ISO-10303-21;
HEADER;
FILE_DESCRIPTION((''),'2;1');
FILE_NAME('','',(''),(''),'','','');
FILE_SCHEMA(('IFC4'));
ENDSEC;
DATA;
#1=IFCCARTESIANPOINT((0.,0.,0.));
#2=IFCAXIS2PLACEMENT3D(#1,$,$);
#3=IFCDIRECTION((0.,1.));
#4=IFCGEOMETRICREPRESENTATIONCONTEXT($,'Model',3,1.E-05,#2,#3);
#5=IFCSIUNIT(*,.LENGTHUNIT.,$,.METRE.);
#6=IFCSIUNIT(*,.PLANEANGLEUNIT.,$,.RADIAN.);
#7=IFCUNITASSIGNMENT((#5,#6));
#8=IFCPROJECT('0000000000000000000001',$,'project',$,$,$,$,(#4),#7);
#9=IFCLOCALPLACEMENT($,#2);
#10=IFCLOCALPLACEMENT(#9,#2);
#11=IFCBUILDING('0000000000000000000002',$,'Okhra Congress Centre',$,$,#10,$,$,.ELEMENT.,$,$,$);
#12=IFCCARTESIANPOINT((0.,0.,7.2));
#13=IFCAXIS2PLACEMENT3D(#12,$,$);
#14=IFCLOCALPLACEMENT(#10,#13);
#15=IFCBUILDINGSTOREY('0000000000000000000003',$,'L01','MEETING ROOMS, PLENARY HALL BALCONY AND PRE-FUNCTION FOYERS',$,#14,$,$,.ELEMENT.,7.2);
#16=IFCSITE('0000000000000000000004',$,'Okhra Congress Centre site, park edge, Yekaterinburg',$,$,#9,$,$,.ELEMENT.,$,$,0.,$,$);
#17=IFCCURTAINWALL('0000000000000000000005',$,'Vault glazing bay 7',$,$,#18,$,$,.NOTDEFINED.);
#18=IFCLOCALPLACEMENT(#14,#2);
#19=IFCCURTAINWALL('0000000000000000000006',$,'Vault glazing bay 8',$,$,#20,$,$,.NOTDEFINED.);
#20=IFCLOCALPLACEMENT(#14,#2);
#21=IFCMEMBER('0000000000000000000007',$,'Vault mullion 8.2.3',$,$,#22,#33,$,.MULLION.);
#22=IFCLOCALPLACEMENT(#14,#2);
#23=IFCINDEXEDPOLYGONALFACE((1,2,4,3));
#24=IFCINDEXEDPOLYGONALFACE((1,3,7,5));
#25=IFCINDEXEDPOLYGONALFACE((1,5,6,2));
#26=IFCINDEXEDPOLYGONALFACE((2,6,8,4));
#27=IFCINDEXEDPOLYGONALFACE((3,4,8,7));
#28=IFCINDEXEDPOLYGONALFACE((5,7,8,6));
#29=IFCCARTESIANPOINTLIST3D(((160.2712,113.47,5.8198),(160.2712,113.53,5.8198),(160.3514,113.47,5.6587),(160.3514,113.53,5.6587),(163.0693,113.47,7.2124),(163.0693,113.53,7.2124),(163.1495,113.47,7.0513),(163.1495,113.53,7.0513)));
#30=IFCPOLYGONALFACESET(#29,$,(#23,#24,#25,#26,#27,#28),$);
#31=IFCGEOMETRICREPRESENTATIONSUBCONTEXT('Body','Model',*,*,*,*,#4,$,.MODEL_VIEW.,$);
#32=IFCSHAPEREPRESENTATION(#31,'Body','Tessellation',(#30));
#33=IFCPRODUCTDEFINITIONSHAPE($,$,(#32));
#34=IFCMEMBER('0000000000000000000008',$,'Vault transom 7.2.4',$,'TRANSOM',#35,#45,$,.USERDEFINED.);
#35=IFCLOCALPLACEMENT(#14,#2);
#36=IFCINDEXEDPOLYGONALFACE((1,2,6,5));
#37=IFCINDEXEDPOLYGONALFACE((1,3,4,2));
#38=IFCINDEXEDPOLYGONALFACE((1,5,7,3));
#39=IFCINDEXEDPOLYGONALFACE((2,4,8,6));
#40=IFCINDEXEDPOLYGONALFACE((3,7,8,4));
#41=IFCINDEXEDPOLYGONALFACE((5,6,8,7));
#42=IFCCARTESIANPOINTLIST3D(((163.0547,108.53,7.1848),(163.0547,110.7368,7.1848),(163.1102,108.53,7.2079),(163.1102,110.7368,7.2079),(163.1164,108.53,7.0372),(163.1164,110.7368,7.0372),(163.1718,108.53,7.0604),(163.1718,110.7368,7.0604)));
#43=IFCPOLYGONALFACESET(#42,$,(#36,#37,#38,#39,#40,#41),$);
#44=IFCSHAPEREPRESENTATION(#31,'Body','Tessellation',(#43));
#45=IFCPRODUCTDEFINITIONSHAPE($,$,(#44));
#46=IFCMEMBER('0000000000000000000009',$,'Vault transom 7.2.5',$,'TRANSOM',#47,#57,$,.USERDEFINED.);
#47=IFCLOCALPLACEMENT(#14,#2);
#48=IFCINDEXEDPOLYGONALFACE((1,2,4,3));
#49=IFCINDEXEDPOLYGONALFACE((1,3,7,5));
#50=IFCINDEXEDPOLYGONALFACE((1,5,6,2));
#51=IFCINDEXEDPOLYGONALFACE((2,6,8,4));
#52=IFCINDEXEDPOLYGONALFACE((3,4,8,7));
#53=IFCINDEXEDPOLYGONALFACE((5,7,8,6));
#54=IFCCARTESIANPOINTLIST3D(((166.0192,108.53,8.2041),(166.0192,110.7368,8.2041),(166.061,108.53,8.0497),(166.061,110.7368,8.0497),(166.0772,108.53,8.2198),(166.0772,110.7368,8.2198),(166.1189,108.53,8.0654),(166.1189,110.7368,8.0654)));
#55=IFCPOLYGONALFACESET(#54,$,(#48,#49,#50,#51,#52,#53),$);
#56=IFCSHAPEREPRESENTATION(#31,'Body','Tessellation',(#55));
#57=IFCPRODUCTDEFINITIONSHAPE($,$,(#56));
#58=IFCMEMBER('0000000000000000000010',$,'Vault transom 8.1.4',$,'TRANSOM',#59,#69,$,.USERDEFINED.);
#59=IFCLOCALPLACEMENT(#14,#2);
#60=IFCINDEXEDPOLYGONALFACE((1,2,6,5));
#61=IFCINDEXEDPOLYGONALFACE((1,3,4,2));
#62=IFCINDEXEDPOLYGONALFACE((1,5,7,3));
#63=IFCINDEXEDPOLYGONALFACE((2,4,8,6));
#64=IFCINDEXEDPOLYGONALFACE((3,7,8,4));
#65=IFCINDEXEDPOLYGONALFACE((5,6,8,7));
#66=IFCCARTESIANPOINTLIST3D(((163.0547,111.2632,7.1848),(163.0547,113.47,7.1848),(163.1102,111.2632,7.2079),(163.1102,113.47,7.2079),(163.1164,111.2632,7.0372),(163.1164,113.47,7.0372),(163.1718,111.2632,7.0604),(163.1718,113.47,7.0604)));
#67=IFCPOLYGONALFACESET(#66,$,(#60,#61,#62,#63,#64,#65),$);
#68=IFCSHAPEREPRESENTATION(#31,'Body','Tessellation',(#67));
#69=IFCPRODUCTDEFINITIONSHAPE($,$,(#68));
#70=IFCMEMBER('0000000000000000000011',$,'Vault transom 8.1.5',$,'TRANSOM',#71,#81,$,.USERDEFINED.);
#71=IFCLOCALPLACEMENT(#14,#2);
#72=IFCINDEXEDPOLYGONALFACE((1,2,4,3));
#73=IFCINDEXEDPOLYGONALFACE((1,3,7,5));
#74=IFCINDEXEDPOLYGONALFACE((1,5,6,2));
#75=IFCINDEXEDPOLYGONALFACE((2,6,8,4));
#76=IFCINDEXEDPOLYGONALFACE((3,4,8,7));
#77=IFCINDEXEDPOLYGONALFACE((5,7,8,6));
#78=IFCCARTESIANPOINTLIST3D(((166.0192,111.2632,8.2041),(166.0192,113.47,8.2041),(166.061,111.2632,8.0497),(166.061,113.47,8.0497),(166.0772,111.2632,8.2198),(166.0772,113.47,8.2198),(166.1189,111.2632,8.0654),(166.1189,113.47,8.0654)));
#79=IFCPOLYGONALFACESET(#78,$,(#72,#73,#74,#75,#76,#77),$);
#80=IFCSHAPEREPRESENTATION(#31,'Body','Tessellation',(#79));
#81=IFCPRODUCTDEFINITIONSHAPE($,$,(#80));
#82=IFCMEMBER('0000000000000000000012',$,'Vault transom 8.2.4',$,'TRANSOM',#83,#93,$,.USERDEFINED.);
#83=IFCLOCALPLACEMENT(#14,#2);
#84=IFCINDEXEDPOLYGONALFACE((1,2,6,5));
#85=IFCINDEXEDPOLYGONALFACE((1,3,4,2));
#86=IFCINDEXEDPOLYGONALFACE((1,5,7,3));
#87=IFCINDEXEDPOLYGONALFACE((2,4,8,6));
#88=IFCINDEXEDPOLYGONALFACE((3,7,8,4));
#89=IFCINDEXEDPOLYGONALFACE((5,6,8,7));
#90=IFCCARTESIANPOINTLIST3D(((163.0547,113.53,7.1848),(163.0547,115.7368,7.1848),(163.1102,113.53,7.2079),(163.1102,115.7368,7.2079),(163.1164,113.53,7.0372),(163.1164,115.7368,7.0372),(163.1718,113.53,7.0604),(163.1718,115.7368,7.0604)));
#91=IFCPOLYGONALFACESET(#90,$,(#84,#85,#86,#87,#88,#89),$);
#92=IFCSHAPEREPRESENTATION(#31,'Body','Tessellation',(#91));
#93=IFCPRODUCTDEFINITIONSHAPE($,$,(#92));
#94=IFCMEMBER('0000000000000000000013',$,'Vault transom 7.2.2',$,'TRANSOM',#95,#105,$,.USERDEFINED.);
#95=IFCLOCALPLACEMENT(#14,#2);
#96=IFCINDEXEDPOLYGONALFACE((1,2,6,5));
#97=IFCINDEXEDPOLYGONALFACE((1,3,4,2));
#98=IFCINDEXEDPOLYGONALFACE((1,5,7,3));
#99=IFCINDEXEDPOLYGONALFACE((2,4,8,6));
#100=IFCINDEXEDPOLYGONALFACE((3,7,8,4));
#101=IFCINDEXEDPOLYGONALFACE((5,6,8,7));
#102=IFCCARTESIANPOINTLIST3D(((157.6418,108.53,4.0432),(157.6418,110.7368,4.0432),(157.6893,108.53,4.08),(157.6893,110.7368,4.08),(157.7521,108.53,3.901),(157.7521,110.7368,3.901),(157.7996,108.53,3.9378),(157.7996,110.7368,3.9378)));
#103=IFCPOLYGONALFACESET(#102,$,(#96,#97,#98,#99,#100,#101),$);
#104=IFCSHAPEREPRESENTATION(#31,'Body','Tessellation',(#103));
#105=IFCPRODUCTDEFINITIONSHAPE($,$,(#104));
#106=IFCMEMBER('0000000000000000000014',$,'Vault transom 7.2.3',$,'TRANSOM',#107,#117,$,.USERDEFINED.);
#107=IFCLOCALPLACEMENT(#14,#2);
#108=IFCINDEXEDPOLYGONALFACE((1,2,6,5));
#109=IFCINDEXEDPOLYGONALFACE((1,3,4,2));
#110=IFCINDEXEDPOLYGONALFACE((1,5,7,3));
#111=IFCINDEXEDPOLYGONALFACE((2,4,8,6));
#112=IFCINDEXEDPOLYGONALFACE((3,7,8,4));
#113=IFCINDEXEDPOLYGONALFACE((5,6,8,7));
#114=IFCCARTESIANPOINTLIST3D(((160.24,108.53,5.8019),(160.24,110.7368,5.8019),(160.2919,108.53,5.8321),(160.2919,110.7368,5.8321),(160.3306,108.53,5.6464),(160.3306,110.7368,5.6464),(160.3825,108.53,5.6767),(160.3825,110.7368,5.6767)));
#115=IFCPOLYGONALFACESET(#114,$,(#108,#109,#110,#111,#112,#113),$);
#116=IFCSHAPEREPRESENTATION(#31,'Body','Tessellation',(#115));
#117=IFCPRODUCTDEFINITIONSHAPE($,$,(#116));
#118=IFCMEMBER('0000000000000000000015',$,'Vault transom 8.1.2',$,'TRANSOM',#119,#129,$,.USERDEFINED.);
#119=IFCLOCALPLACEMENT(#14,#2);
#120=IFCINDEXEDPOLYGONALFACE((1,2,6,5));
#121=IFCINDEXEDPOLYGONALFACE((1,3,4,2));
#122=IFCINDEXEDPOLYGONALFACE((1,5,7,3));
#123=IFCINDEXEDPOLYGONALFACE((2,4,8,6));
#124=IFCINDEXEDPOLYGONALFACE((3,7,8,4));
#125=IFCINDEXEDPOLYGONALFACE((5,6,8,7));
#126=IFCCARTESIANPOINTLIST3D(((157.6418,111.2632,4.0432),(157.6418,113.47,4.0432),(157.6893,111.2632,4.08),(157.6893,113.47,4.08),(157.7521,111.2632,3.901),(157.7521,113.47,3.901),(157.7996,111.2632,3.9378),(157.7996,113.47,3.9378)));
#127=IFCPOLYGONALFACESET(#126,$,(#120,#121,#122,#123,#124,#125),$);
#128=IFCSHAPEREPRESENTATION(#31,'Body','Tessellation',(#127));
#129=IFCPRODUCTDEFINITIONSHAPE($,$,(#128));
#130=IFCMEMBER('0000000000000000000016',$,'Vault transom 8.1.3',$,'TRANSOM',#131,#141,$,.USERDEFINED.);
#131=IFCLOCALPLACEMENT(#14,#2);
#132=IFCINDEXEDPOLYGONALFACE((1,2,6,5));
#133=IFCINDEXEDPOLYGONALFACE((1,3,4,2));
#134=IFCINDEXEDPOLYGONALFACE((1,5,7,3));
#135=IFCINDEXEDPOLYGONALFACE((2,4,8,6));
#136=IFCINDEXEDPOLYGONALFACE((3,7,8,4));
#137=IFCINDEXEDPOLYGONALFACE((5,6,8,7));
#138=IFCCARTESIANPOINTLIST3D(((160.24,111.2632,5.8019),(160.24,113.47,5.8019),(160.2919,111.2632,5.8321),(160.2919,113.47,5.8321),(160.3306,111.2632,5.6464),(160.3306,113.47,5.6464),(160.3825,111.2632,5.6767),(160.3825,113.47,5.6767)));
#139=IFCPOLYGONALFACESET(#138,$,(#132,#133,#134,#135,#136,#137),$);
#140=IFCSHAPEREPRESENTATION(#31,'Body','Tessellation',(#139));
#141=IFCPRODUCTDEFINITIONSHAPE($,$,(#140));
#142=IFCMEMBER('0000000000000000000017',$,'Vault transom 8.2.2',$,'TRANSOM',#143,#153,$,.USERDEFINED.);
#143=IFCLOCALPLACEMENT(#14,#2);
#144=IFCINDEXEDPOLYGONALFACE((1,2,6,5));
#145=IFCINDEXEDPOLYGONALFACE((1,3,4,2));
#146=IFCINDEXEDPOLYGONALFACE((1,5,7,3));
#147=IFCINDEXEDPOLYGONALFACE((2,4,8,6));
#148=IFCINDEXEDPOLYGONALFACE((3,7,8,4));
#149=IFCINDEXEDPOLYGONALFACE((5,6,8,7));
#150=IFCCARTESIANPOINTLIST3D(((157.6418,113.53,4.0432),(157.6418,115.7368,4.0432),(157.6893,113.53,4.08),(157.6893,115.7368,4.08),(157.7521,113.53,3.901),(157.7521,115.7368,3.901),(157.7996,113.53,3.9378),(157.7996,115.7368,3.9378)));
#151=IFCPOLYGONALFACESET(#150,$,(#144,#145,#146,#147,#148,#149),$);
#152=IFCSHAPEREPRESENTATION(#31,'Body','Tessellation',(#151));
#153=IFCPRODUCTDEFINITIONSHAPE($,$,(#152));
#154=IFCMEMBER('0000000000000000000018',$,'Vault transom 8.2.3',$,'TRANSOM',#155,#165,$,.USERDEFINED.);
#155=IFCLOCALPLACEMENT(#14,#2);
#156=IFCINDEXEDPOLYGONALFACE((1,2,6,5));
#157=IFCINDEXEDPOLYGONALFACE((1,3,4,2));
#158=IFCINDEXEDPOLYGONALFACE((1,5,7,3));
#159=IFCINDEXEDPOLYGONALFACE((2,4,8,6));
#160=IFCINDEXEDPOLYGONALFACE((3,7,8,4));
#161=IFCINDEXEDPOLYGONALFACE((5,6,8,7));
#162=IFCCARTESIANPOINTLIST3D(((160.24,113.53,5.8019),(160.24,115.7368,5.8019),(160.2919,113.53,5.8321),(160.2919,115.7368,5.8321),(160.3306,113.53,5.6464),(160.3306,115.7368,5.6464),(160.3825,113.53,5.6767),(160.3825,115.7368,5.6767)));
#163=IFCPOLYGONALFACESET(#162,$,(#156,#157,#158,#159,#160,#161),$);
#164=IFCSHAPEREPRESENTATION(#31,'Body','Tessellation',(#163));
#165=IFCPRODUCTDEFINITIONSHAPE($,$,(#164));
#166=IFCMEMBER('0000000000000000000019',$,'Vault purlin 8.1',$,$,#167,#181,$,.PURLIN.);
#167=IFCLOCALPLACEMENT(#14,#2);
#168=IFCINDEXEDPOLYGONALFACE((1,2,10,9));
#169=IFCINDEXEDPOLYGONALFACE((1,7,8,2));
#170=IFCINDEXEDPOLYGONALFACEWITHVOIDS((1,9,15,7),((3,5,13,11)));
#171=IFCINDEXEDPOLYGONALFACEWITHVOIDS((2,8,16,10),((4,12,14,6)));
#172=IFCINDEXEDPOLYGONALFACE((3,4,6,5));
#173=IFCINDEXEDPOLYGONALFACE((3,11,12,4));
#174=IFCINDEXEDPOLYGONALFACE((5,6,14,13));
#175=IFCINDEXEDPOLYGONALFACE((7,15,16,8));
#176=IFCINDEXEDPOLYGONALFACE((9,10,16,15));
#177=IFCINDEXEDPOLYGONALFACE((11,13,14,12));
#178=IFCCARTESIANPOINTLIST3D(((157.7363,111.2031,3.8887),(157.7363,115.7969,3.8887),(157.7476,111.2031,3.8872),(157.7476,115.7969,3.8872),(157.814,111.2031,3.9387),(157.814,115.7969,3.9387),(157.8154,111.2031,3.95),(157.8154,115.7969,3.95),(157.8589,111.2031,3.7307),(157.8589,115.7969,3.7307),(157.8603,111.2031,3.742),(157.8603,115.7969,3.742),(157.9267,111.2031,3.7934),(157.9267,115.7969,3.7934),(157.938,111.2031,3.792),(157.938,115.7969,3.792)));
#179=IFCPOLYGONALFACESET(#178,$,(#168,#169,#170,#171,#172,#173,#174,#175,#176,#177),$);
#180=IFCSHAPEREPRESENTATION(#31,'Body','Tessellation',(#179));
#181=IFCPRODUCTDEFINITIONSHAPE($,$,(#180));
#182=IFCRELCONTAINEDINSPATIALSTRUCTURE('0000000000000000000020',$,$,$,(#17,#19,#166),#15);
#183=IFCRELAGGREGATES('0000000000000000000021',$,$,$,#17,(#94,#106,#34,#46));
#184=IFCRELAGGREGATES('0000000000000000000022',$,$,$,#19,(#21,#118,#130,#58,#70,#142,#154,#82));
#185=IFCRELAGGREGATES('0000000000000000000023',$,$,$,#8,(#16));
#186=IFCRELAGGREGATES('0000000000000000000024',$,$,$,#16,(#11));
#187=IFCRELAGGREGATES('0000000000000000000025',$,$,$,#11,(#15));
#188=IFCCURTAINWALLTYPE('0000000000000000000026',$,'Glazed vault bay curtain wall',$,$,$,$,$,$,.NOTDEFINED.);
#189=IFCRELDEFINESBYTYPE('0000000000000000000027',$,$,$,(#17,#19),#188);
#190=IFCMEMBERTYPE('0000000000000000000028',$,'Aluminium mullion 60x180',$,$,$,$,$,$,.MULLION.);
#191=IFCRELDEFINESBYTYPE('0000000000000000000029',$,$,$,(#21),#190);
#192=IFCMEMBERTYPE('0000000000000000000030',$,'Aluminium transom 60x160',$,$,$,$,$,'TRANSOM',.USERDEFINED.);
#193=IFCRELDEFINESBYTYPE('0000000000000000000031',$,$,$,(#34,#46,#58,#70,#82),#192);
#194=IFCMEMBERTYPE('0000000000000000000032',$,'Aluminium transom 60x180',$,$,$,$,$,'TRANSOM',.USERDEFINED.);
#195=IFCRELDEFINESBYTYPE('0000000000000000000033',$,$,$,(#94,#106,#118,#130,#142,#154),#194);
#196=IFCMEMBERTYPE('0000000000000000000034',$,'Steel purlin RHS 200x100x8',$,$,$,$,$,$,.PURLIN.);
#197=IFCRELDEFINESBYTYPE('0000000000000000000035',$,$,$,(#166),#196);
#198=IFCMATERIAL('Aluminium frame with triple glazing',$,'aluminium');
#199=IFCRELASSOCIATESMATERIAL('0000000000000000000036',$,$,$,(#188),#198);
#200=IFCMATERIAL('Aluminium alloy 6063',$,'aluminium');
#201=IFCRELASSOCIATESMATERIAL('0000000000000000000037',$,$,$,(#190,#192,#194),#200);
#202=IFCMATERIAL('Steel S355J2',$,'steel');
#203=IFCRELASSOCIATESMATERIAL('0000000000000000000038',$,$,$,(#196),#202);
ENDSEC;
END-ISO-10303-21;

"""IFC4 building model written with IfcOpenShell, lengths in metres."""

from ifc_helpers import new_model, si_unit, direction, frame, origin, origin_2d, place, context, subcontext, project, spatial, rectangle, hollow_rectangle, extrude, material, material_profile, profile_set, type_object, element, aggregate, save


model = new_model("IFC4")

# Units and contexts
model_context = context("Model", 3, precision=1e-05, world=origin(), true_north=direction((0.0, 1.0)))
body_context = subcontext(model_context, "Body", "Model", "MODEL_VIEW")
ifc_project = project(units=[si_unit("LENGTHUNIT", "METRE"), si_unit("PLANEANGLEUNIT", "RADIAN")], contexts=[model_context])

# Site, building, storey
site_placement = place(None, origin())
site = spatial("IfcSite", under=ifc_project, at=site_placement, Name="Okhra Congress Centre site, park edge, Yekaterinburg", CompositionType="ELEMENT", RefElevation=0.0)
building_placement = place(site_placement, origin())
building = spatial("IfcBuilding", under=site, at=building_placement, Name="Okhra Congress Centre", CompositionType="ELEMENT")
storey_placement = place(building_placement, frame((0.0, 0.0, 7.2)))
storey = spatial("IfcBuildingStorey", under=building, at=storey_placement, Name="L01", Description="MEETING ROOMS, PLENARY HALL BALCONY AND PRE-FUNCTION FOYERS", CompositionType="ELEMENT", Elevation=7.2)

# Curtain walls
ifc_material_1 = material(Name="Aluminium frame with triple glazing", Category="aluminium")
curtain_wall_type = type_object("IfcCurtainWallType", Name="Glazed vault bay curtain wall", PredefinedType="NOTDEFINED", material=ifc_material_1)
curtain_wall_1_placement = place(storey_placement, origin())
curtain_wall_1 = element("IfcCurtainWall", 1, at=curtain_wall_1_placement, inside=storey, type_object=curtain_wall_type, Name="Vault glazing bay 7", PredefinedType="NOTDEFINED")
ifc_material_2 = material(Name="Aluminium alloy 6063", Category="aluminium")
curtain_wall_2_placement = place(storey_placement, origin())
curtain_wall_2 = element("IfcCurtainWall", 2, at=curtain_wall_2_placement, inside=storey, type_object=curtain_wall_type, Name="Vault glazing bay 8", PredefinedType="NOTDEFINED")

# Members
ifc_material_profile_1 = material_profile(ifc_material_2, rectangle(XDim=0.0601, YDim=0.1799, at=origin_2d()), Name="AL 60x180")
ifc_profile_set_1 = profile_set([ifc_material_profile_1], Name="Aluminium alloy 6063")
member_type_1 = type_object("IfcMemberType", Name="Aluminium mullion 60x180", PredefinedType="MULLION", material=ifc_profile_set_1)
member_1_placement = place(storey_placement, frame((160.3113, 113.5, 5.7393), z_axis=(0.895254, 0.0, 0.445557), x_axis=(0.0, 1.0, 0.0)))
member_1 = element("IfcMember", 3, at=member_1_placement, type_object=member_type_1, Name="Vault mullion 8.2.3", PredefinedType="MULLION", context=body_context, shape_type="SweptSolid", body=[
    extrude(rectangle(XDim=0.0601, YDim=0.1799, at=origin_2d()), origin(), (0.0, 0.0, 1.0), 3.1255),
])
ifc_material_profile_2 = material_profile(ifc_material_2, rectangle(XDim=0.0601, YDim=0.1599, at=origin_2d()), Name="AL 60x160 transom")
ifc_profile_set_2 = profile_set([ifc_material_profile_2], Name="Aluminium alloy 6063")
member_type_2 = type_object("IfcMemberType", Name="Aluminium transom 60x160", ElementType="TRANSOM", PredefinedType="USERDEFINED", material=ifc_profile_set_2)
member_2_placement = place(storey_placement, frame((163.1133, 108.53, 7.1226), z_axis=(0.0, 1.0, 0.0), x_axis=(-0.922669, 0.0, -0.385593)))
member_2 = element("IfcMember", 4, at=member_2_placement, type_object=member_type_2, Name="Vault transom 7.2.4", ObjectType="TRANSOM", PredefinedType="USERDEFINED", context=body_context, shape_type="SweptSolid", body=[
    extrude(rectangle(XDim=0.0601, YDim=0.1599, at=origin_2d()), origin(), (0.0, 0.0, 1.0), 2.2068),
])
member_3_placement = place(storey_placement, frame((166.0691, 108.53, 8.1348), z_axis=(0.0, 1.0, 0.0), x_axis=(-0.96538, 0.0, -0.260848)))
member_3 = element("IfcMember", 5, at=member_3_placement, type_object=member_type_2, Name="Vault transom 7.2.5", ObjectType="TRANSOM", PredefinedType="USERDEFINED", context=body_context, shape_type="SweptSolid", body=[
    extrude(rectangle(XDim=0.0601, YDim=0.1599, at=origin_2d()), origin(), (0.0, 0.0, 1.0), 2.2068),
])
member_4_placement = place(storey_placement, frame((163.1133, 111.2632, 7.1226), z_axis=(0.0, 1.0, 0.0), x_axis=(-0.922669, 0.0, -0.385593)))
member_4 = element("IfcMember", 6, at=member_4_placement, type_object=member_type_2, Name="Vault transom 8.1.4", ObjectType="TRANSOM", PredefinedType="USERDEFINED", context=body_context, shape_type="SweptSolid", body=[
    extrude(rectangle(XDim=0.0601, YDim=0.1599, at=origin_2d()), origin(), (0.0, 0.0, 1.0), 2.2068),
])
member_5_placement = place(storey_placement, frame((166.0691, 111.2632, 8.1348), z_axis=(0.0, 1.0, 0.0), x_axis=(-0.96538, 0.0, -0.260848)))
member_5 = element("IfcMember", 7, at=member_5_placement, type_object=member_type_2, Name="Vault transom 8.1.5", ObjectType="TRANSOM", PredefinedType="USERDEFINED", context=body_context, shape_type="SweptSolid", body=[
    extrude(rectangle(XDim=0.0601, YDim=0.1599, at=origin_2d()), origin(), (0.0, 0.0, 1.0), 2.2068),
])
member_6_placement = place(storey_placement, frame((163.1133, 113.53, 7.1226), z_axis=(0.0, 1.0, 0.0), x_axis=(-0.922669, 0.0, -0.385593)))
member_6 = element("IfcMember", 8, at=member_6_placement, type_object=member_type_2, Name="Vault transom 8.2.4", ObjectType="TRANSOM", PredefinedType="USERDEFINED", context=body_context, shape_type="SweptSolid", body=[
    extrude(rectangle(XDim=0.0601, YDim=0.1599, at=origin_2d()), origin(), (0.0, 0.0, 1.0), 2.2068),
])
ifc_material_profile_3 = material_profile(ifc_material_2, rectangle(XDim=0.0601, YDim=0.1799, at=origin_2d()), Name="AL 60x180 transom")
ifc_profile_set_3 = profile_set([ifc_material_profile_3], Name="Aluminium alloy 6063")
member_type_3 = type_object("IfcMemberType", Name="Aluminium transom 60x180", ElementType="TRANSOM", PredefinedType="USERDEFINED", material=ifc_profile_set_3)
member_7_placement = place(storey_placement, frame((157.7207, 108.53, 3.9905), z_axis=(0.0, 1.0, 0.0), x_axis=(-0.790145, 0.0, -0.61292)))
member_7 = element("IfcMember", 9, at=member_7_placement, type_object=member_type_3, Name="Vault transom 7.2.2", ObjectType="TRANSOM", PredefinedType="USERDEFINED", context=body_context, shape_type="SweptSolid", body=[
    extrude(rectangle(XDim=0.0601, YDim=0.1799, at=origin_2d()), origin(), (0.0, 0.0, 1.0), 2.2068),
])
member_8_placement = place(storey_placement, frame((160.3113, 108.53, 5.7393), z_axis=(0.0, 1.0, 0.0), x_axis=(-0.863917, 0.0, -0.503634)))
member_8 = element("IfcMember", 10, at=member_8_placement, type_object=member_type_3, Name="Vault transom 7.2.3", ObjectType="TRANSOM", PredefinedType="USERDEFINED", context=body_context, shape_type="SweptSolid", body=[
    extrude(rectangle(XDim=0.0601, YDim=0.1799, at=origin_2d()), origin(), (0.0, 0.0, 1.0), 2.2068),
])
member_9_placement = place(storey_placement, frame((157.7207, 111.2632, 3.9905), z_axis=(0.0, 1.0, 0.0), x_axis=(-0.790145, 0.0, -0.61292)))
member_9 = element("IfcMember", 11, at=member_9_placement, type_object=member_type_3, Name="Vault transom 8.1.2", ObjectType="TRANSOM", PredefinedType="USERDEFINED", context=body_context, shape_type="SweptSolid", body=[
    extrude(rectangle(XDim=0.0601, YDim=0.1799, at=origin_2d()), origin(), (0.0, 0.0, 1.0), 2.2068),
])
member_10_placement = place(storey_placement, frame((160.3113, 111.2632, 5.7393), z_axis=(0.0, 1.0, 0.0), x_axis=(-0.863917, 0.0, -0.503634)))
member_10 = element("IfcMember", 12, at=member_10_placement, type_object=member_type_3, Name="Vault transom 8.1.3", ObjectType="TRANSOM", PredefinedType="USERDEFINED", context=body_context, shape_type="SweptSolid", body=[
    extrude(rectangle(XDim=0.0601, YDim=0.1799, at=origin_2d()), origin(), (0.0, 0.0, 1.0), 2.2068),
])
member_11_placement = place(storey_placement, frame((157.7207, 113.53, 3.9905), z_axis=(0.0, 1.0, 0.0), x_axis=(-0.790145, 0.0, -0.61292)))
member_11 = element("IfcMember", 13, at=member_11_placement, type_object=member_type_3, Name="Vault transom 8.2.2", ObjectType="TRANSOM", PredefinedType="USERDEFINED", context=body_context, shape_type="SweptSolid", body=[
    extrude(rectangle(XDim=0.0601, YDim=0.1799, at=origin_2d()), origin(), (0.0, 0.0, 1.0), 2.2068),
])
member_12_placement = place(storey_placement, frame((160.3113, 113.53, 5.7393), z_axis=(0.0, 1.0, 0.0), x_axis=(-0.863917, 0.0, -0.503634)))
member_12 = element("IfcMember", 14, at=member_12_placement, type_object=member_type_3, Name="Vault transom 8.2.3", ObjectType="TRANSOM", PredefinedType="USERDEFINED", context=body_context, shape_type="SweptSolid", body=[
    extrude(rectangle(XDim=0.0601, YDim=0.1799, at=origin_2d()), origin(), (0.0, 0.0, 1.0), 2.2068),
])

# Member
ifc_material_3 = material(Name="Steel S355J2", Category="steel")
ifc_material_profile_4 = material_profile(ifc_material_3, hollow_rectangle(XDim=0.1001, YDim=0.2, WallThickness=0.0081, at=origin_2d()), Name="RHS 200x100x8")
ifc_profile_set_4 = profile_set([ifc_material_profile_4], Name="Steel S355J2")
member_type_4 = type_object("IfcMemberType", Name="Steel purlin RHS 200x100x8", PredefinedType="PURLIN", material=ifc_profile_set_4)
member_13_placement = place(storey_placement, frame((157.8372, 111.2031, 3.8403), z_axis=(0.0, 1.0, 0.0), x_axis=(-0.790145, 0.0, -0.61292)))
element("IfcMember", 15, at=member_13_placement, inside=storey, type_object=member_type_4, Name="Vault purlin 8.1", PredefinedType="PURLIN", context=body_context, shape_type="SweptSolid", body=[
    extrude(hollow_rectangle(XDim=0.1001, YDim=0.2, WallThickness=0.0081, at=origin_2d()), origin(), (0.0, 0.0, 1.0), 4.5938),
])

aggregate(curtain_wall_1, [member_7, member_8, member_2, member_3])
aggregate(curtain_wall_2, [member_1, member_9, member_10, member_4, member_5, member_11, member_12, member_6])

save(model, "model.ifc")
